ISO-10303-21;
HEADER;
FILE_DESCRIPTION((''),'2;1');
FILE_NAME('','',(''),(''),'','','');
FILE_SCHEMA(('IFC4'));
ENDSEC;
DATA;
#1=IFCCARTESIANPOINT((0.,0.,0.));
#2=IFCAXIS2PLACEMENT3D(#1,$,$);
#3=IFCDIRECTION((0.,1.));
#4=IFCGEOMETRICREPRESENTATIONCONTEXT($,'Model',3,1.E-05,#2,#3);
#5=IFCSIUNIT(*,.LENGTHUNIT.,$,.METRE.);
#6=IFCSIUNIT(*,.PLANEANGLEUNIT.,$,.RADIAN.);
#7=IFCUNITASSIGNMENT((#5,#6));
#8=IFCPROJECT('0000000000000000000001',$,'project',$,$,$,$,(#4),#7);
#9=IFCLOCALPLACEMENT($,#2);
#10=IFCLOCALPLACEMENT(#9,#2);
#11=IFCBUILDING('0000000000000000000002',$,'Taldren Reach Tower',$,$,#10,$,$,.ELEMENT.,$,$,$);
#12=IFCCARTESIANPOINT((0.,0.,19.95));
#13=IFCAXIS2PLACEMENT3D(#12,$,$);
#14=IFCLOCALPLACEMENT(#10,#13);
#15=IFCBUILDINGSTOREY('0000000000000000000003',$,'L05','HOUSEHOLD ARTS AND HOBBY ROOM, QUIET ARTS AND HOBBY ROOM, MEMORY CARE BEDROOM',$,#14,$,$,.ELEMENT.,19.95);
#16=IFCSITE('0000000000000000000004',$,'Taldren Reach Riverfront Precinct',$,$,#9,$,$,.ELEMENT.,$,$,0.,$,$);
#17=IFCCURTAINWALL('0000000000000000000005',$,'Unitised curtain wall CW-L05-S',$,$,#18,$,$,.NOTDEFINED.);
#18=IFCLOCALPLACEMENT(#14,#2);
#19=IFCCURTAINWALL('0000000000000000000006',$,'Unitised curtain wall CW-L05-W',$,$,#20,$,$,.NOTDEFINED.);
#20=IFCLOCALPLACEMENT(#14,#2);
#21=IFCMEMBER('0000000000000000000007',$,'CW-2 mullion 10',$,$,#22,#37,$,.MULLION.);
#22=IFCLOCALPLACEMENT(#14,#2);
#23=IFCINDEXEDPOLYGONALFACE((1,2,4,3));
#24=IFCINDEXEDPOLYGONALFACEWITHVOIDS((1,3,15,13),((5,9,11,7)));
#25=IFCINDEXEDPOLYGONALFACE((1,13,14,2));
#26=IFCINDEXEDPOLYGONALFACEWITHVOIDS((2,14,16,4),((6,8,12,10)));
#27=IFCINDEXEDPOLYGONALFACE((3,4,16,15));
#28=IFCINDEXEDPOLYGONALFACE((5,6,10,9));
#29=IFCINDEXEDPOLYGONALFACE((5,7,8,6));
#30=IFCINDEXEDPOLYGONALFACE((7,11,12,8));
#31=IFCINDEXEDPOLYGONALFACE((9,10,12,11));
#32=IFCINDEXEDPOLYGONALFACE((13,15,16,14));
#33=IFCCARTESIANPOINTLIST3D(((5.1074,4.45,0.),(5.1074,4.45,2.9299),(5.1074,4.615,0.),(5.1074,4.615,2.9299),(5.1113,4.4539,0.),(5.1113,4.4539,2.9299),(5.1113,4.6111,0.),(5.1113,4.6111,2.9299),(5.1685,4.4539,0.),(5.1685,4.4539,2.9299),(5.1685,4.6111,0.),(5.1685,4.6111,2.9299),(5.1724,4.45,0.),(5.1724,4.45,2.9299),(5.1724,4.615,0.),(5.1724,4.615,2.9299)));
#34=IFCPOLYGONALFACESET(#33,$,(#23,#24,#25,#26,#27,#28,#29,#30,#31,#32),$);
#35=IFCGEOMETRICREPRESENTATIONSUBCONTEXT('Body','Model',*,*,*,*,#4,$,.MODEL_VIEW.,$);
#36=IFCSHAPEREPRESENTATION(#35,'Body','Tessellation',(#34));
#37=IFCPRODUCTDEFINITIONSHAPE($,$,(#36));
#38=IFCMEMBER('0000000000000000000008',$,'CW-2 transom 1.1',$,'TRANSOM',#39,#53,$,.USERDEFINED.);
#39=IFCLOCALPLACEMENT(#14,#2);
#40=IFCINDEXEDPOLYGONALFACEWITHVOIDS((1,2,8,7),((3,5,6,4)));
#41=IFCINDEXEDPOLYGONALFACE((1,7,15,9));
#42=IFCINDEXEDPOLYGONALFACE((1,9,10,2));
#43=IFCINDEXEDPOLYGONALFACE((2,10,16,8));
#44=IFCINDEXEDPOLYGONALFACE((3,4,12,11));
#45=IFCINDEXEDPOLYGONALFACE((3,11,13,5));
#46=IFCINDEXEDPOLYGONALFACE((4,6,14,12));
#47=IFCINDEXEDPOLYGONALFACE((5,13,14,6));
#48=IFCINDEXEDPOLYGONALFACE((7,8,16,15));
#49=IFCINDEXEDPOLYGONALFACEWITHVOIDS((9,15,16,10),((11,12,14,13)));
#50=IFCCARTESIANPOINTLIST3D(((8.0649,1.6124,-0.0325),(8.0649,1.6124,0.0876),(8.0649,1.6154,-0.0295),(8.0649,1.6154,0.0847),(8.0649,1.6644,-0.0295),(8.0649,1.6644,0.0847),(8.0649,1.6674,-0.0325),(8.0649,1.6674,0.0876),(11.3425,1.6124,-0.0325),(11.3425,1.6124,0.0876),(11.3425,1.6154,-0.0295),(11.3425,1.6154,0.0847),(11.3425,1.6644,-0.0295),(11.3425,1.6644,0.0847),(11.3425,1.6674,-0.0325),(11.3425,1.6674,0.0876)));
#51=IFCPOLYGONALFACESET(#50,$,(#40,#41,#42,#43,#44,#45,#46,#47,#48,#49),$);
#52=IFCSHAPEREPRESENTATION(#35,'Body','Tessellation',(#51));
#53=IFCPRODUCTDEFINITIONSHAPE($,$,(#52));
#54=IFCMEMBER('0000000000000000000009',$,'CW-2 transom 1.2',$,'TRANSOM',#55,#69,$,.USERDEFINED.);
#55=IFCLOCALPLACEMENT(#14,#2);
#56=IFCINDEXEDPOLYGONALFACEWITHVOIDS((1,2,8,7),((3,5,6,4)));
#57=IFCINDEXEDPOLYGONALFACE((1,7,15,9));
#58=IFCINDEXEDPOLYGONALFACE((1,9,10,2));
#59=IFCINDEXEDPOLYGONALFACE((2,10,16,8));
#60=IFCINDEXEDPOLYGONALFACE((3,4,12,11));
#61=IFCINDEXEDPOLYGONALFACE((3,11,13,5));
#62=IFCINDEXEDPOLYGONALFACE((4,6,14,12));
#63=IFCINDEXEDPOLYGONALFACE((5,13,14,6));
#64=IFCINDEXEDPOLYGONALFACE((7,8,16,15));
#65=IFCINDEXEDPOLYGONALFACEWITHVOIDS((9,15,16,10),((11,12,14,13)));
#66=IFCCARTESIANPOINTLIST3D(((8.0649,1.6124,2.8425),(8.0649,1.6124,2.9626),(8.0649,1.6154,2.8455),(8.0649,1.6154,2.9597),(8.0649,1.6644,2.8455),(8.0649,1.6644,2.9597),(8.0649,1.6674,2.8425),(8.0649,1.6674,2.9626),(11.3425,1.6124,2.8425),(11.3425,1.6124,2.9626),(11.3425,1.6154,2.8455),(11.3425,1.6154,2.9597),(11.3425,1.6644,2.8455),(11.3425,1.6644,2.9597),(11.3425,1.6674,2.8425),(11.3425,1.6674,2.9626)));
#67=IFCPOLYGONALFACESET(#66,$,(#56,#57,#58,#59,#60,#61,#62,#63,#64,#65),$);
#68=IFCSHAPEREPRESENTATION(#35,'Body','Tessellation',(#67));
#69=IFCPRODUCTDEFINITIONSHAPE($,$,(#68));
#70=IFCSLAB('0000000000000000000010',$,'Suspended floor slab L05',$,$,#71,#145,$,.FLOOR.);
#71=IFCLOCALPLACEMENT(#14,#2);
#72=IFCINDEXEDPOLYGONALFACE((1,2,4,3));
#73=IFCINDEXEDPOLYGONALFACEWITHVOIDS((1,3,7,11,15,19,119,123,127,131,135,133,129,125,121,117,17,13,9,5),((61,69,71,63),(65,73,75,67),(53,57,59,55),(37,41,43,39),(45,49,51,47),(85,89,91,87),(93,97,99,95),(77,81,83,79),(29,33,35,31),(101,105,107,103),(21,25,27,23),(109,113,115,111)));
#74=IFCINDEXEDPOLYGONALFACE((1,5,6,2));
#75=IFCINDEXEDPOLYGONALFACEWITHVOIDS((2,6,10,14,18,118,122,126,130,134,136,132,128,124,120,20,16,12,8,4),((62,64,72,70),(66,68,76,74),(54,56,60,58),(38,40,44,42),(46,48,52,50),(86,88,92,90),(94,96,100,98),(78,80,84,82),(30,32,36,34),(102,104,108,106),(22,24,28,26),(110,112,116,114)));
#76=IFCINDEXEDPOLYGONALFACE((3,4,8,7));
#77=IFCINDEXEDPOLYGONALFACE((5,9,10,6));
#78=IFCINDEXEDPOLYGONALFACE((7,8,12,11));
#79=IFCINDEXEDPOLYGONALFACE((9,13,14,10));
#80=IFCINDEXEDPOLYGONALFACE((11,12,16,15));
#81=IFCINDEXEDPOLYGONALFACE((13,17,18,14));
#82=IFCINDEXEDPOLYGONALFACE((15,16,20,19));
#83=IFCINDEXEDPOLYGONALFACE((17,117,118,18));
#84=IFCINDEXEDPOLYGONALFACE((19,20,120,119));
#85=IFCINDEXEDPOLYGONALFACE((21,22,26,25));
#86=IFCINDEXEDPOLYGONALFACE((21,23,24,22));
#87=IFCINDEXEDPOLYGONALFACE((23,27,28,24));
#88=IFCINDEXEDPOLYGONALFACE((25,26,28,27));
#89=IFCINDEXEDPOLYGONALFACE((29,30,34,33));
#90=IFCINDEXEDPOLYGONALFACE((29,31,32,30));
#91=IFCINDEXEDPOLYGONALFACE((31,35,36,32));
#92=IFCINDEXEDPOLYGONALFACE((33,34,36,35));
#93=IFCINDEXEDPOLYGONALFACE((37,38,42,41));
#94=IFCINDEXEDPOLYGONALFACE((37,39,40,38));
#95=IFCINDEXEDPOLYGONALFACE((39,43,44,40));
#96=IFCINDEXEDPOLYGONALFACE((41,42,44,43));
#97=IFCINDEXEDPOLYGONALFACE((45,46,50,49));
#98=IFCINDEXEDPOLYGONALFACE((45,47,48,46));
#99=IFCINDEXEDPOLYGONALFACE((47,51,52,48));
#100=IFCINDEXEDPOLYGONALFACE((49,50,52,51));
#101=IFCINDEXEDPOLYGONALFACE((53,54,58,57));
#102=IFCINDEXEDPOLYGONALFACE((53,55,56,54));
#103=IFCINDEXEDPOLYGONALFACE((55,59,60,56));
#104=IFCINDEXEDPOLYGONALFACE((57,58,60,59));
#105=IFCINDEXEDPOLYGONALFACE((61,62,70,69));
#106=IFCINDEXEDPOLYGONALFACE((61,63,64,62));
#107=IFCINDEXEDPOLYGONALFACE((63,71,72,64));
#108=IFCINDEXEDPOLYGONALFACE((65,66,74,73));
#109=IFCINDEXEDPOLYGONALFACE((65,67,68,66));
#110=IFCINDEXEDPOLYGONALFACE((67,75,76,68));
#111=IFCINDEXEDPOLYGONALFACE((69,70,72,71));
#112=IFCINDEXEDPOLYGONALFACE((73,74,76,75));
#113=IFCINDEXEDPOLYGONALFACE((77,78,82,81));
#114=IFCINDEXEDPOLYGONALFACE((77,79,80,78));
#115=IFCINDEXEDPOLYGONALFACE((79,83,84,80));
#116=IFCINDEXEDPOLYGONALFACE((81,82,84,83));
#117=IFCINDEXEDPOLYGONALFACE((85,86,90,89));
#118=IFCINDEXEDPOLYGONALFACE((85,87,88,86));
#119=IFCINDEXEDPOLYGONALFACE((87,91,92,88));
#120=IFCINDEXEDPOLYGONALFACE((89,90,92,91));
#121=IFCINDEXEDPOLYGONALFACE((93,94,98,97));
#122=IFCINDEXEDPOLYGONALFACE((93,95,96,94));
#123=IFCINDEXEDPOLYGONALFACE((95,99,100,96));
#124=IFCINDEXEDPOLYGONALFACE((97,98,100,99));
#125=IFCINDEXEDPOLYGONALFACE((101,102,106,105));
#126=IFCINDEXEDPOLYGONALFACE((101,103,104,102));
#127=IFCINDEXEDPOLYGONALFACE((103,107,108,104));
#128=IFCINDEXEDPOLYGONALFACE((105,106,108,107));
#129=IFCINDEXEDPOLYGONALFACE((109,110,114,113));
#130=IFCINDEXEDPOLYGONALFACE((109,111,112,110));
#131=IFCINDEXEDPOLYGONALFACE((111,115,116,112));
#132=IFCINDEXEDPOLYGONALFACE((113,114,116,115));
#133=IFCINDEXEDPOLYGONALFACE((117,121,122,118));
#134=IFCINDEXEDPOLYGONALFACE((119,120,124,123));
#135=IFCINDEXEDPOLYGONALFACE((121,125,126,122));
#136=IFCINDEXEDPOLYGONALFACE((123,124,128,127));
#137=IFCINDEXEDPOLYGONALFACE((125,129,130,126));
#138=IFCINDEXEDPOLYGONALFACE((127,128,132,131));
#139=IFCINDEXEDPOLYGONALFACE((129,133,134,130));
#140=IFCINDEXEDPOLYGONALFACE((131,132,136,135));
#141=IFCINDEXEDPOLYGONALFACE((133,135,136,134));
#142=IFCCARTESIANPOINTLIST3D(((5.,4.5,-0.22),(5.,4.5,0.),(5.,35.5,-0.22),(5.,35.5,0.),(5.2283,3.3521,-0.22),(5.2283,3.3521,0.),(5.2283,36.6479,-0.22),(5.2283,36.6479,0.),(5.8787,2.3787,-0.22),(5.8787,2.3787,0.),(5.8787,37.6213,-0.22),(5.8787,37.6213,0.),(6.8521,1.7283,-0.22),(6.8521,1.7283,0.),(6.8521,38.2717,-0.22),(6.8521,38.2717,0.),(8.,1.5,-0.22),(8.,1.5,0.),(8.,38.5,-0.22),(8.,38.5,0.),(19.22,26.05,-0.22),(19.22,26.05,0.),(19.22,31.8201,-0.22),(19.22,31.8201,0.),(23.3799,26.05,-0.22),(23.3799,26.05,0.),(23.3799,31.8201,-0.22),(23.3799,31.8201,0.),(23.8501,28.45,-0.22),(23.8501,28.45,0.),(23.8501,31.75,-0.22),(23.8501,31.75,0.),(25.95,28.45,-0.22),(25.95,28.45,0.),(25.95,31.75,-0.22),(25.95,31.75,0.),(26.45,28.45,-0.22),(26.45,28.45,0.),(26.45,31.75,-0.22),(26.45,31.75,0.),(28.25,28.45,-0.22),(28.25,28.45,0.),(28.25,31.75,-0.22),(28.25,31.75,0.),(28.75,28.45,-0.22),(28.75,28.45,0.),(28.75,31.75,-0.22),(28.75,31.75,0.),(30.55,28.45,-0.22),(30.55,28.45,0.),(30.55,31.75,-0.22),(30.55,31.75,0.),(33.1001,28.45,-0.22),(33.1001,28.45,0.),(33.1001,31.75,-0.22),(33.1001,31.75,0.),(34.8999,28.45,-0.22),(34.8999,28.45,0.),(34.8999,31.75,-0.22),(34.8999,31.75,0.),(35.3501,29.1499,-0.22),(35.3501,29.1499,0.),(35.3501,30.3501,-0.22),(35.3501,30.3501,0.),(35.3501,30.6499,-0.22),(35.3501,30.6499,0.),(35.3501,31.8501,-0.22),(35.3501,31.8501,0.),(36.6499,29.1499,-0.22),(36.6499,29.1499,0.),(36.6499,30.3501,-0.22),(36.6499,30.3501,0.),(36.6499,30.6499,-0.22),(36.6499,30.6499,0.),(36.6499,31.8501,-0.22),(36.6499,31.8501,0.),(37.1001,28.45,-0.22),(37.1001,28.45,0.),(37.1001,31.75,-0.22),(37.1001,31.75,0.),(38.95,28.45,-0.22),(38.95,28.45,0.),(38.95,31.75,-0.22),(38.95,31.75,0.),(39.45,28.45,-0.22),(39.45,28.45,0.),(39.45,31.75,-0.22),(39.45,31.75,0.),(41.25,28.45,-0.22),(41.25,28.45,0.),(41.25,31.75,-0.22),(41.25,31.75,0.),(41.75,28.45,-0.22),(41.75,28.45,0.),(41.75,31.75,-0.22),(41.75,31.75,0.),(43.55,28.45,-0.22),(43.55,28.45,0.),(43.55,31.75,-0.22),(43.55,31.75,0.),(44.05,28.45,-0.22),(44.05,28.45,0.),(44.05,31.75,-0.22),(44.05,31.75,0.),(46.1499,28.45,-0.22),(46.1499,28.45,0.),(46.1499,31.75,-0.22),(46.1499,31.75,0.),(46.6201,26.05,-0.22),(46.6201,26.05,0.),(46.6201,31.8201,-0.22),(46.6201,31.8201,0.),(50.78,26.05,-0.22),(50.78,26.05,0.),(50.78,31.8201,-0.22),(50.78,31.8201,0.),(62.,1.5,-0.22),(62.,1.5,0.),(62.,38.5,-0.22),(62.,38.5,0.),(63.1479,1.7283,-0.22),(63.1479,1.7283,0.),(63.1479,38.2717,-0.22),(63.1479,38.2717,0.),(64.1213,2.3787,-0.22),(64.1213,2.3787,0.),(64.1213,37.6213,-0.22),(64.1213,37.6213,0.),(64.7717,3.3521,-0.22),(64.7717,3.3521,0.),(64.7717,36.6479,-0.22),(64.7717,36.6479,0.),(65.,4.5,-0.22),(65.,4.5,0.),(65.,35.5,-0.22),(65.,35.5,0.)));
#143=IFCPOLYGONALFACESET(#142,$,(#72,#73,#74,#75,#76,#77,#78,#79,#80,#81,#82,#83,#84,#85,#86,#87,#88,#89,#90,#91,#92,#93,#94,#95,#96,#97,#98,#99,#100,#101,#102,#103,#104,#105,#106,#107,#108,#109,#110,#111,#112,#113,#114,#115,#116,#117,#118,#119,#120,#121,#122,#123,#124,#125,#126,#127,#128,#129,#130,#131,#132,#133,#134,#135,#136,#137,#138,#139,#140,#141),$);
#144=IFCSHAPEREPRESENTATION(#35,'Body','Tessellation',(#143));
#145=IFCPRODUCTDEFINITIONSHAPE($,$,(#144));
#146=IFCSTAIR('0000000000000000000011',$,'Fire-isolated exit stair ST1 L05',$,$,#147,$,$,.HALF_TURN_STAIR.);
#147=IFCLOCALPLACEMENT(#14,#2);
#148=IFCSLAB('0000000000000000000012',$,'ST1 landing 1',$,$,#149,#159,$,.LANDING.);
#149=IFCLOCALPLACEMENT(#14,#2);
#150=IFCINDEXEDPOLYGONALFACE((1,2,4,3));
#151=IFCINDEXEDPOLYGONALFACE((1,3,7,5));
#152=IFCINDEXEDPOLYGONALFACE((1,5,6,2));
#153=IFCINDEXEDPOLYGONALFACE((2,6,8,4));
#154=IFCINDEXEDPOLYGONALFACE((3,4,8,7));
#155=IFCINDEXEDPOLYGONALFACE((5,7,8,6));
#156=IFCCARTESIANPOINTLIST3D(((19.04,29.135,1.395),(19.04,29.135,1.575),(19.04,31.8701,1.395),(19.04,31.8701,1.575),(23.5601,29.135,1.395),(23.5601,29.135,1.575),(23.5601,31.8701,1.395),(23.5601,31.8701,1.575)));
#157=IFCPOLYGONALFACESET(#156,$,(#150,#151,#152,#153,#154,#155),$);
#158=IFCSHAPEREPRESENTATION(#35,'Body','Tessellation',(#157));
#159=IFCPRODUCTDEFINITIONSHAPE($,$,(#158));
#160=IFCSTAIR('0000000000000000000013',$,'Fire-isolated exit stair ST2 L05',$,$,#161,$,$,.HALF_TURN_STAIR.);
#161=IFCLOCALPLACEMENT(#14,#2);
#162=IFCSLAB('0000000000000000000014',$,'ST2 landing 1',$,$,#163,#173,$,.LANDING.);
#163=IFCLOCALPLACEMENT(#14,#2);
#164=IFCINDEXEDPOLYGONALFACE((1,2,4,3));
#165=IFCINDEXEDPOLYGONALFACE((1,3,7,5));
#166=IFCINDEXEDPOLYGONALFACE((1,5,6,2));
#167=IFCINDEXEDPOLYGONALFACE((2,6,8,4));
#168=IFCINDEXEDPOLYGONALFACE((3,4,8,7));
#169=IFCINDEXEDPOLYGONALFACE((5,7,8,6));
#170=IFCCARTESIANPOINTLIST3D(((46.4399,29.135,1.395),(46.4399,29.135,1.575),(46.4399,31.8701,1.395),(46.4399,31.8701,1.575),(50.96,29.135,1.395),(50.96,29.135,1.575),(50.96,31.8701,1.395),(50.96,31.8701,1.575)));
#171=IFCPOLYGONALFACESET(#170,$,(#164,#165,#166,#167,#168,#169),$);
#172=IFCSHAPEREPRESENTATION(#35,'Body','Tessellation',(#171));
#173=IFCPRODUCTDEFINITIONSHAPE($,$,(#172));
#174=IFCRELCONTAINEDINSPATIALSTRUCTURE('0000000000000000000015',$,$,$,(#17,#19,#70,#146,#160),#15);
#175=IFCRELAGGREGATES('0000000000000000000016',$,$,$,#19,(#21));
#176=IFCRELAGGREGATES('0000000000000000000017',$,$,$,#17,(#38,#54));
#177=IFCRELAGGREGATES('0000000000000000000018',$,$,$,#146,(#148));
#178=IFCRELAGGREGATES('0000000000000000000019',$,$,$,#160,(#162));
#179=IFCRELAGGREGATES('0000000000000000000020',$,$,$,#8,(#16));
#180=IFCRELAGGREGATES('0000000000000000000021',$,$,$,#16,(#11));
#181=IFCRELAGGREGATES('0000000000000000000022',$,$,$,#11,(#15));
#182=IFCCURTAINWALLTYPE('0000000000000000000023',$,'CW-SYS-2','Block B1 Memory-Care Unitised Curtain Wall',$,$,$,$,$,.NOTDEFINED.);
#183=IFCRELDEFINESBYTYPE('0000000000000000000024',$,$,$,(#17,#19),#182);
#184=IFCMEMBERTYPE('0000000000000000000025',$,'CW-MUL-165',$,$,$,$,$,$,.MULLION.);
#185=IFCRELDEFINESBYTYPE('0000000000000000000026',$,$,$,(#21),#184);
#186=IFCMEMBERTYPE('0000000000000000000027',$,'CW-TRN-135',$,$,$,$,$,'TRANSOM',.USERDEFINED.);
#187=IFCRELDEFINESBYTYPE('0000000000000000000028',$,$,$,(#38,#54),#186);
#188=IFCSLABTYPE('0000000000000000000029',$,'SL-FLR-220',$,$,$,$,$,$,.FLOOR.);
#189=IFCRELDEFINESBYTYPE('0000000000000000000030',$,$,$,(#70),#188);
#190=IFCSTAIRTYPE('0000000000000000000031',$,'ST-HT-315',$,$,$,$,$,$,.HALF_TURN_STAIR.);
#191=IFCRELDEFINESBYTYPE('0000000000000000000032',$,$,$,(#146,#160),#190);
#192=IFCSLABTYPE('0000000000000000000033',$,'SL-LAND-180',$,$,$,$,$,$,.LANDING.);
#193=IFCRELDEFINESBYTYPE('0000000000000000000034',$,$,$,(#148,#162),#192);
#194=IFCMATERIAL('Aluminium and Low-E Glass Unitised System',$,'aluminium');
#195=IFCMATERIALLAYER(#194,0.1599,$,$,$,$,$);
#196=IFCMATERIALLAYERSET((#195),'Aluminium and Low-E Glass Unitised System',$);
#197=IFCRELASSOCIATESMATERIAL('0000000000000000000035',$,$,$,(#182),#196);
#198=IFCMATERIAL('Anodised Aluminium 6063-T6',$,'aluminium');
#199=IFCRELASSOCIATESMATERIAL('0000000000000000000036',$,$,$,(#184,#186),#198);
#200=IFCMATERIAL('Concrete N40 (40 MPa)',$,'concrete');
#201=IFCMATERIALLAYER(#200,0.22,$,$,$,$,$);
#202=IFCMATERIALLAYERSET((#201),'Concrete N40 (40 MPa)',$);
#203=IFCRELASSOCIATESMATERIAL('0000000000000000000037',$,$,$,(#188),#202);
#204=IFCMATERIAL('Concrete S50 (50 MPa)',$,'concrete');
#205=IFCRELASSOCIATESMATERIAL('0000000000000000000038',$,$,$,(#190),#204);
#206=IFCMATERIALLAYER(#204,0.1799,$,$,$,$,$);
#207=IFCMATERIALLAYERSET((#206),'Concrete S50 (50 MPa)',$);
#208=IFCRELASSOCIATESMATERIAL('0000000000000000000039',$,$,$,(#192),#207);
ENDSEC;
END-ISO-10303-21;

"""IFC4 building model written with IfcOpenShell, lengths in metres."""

from ifc_helpers import new_model, si_unit, direction, frame, origin, origin_2d, place, context, subcontext, project, spatial, polyline, hollow_rectangle, outline, extrude, source, transform, mapped, material, layer, layer_set, material_profile, profile_set, type_object, element, aggregate, save


model = new_model("IFC4")

# Units and contexts
model_context = context("Model", 3, precision=1e-05, world=origin(), true_north=direction((0.0, 1.0)))
body_context = subcontext(model_context, "Body", "Model", "MODEL_VIEW")
ifc_project = project(units=[si_unit("LENGTHUNIT", "METRE"), si_unit("PLANEANGLEUNIT", "RADIAN")], contexts=[model_context])

# Site, building, storey
site_placement = place(None, origin())
site = spatial("IfcSite", under=ifc_project, at=site_placement, Name="Taldren Reach Riverfront Precinct", CompositionType="ELEMENT", RefElevation=0.0)
building_placement = place(site_placement, origin())
building = spatial("IfcBuilding", under=site, at=building_placement, Name="Taldren Reach Tower", CompositionType="ELEMENT")
storey_placement = place(building_placement, frame((0.0, 0.0, 19.95)))
storey = spatial("IfcBuildingStorey", under=building, at=storey_placement, Name="L05", Description="HOUSEHOLD ARTS AND HOBBY ROOM, QUIET ARTS AND HOBBY ROOM, MEMORY CARE BEDROOM", CompositionType="ELEMENT", Elevation=19.95)

# Curtain walls, member
ifc_material_1 = material(Name="Aluminium and Low-E Glass Unitised System", Category="aluminium")
ifc_layer_1 = layer(ifc_material_1, 0.1599)
ifc_layer_set_1 = layer_set([ifc_layer_1], Name="Aluminium and Low-E Glass Unitised System")
curtain_wall_type = type_object("IfcCurtainWallType", Name="CW-SYS-2", Description="Block B1 Memory-Care Unitised Curtain Wall", PredefinedType="NOTDEFINED", material=ifc_layer_set_1)
curtain_wall_1_placement = place(storey_placement, origin())
curtain_wall_1 = element("IfcCurtainWall", 1, at=curtain_wall_1_placement, inside=storey, type_object=curtain_wall_type, Name="Unitised curtain wall CW-L05-S", PredefinedType="NOTDEFINED")
ifc_material_2 = material(Name="Anodised Aluminium 6063-T6", Category="aluminium")
ifc_material_profile_1 = material_profile(ifc_material_2, hollow_rectangle(XDim=0.0649, YDim=0.165, WallThickness=0.0039, at=origin_2d()), Name="ALU-165x65x4RHS")
ifc_profile_set_1 = profile_set([ifc_material_profile_1], Name="Anodised Aluminium 6063-T6")
member_type_1 = type_object("IfcMemberType", Name="CW-MUL-165", PredefinedType="MULLION", material=ifc_profile_set_1)
shared_shape_1 = source(origin(), body_context, "Body", "SweptSolid", [
    extrude(hollow_rectangle(XDim=0.0649, YDim=0.165, WallThickness=0.0039, at=origin_2d()), origin(), (0.0, 0.0, 1.0), 2.9299),
])
curtain_wall_2_placement = place(storey_placement, origin())
curtain_wall_2 = element("IfcCurtainWall", 2, at=curtain_wall_2_placement, inside=storey, type_object=curtain_wall_type, Name="Unitised curtain wall CW-L05-W", PredefinedType="NOTDEFINED")
member_1_placement = place(storey_placement, frame((5.1399, 4.5325, 0.0), z_axis=(0.0, 0.0, 1.0), x_axis=(1.0, 0.0, 0.0)))
member_1 = element("IfcMember", 3, at=member_1_placement, type_object=member_type_1, Name="CW-2 mullion 10", PredefinedType="MULLION", context=body_context, shape_type="MappedRepresentation", body=[
    mapped(shared_shape_1, transform((0.0, 0.0, 0.0), scale=1.0)),
])
aggregate(curtain_wall_2, [member_1])

# Members
ifc_material_profile_2 = material_profile(ifc_material_2, hollow_rectangle(XDim=0.0549, YDim=0.1201, WallThickness=0.0029, at=origin_2d()), Name="ALU-120x55x3RHS")
ifc_profile_set_2 = profile_set([ifc_material_profile_2], Name="Anodised Aluminium 6063-T6")
member_type_2 = type_object("IfcMemberType", Name="CW-TRN-135", ElementType="TRANSOM", PredefinedType="USERDEFINED", material=ifc_profile_set_2)
shared_shape_2 = source(origin(), body_context, "Body", "SweptSolid", [
    extrude(hollow_rectangle(XDim=0.0549, YDim=0.1201, WallThickness=0.0029, at=origin_2d()), origin(), (0.0, 0.0, 1.0), 3.2776),
])
member_2_placement = place(storey_placement, frame((8.0649, 1.6399, 0.0276), z_axis=(1.0, 0.0, 0.0), x_axis=(0.0, 1.0, 0.0)))
member_2 = element("IfcMember", 4, at=member_2_placement, type_object=member_type_2, Name="CW-2 transom 1.1", ObjectType="TRANSOM", PredefinedType="USERDEFINED", context=body_context, shape_type="MappedRepresentation", body=[
    mapped(shared_shape_2, transform((0.0, 0.0, 0.0), scale=1.0)),
])
member_3_placement = place(storey_placement, frame((8.0649, 1.6399, 2.9026), z_axis=(1.0, 0.0, 0.0), x_axis=(0.0, 1.0, 0.0)))
member_3 = element("IfcMember", 5, at=member_3_placement, type_object=member_type_2, Name="CW-2 transom 1.2", ObjectType="TRANSOM", PredefinedType="USERDEFINED", context=body_context, shape_type="MappedRepresentation", body=[
    mapped(shared_shape_2, transform((0.0, 0.0, 0.0), scale=1.0)),
])
aggregate(curtain_wall_1, [member_2, member_3])

# Slab
ifc_material_3 = material(Name="Concrete N40 (40 MPa)", Category="concrete")
ifc_layer_2 = layer(ifc_material_3, 0.22)
ifc_layer_set_2 = layer_set([ifc_layer_2], Name="Concrete N40 (40 MPa)")
slab_type_1 = type_object("IfcSlabType", Name="SL-FLR-220", PredefinedType="FLOOR", material=ifc_layer_set_2)
slab_1_placement = place(storey_placement, frame((0.0, 0.0, -0.22)))
element("IfcSlab", 6, at=slab_1_placement, inside=storey, type_object=slab_type_1, Name="Suspended floor slab L05", PredefinedType="FLOOR", context=body_context, shape_type="SweptSolid", body=[
    extrude(outline(polyline([(62.0, 1.5), (63.1479, 1.7283), (64.1213, 2.3787), (64.7717, 3.3521), (65.0, 4.5), (65.0, 35.5), (64.7717, 36.6479), (64.1213, 37.6213), (63.1479, 38.2717), (62.0, 38.5), (8.0, 38.5), (6.8521, 38.2717), (5.8787, 37.6213), (5.2283, 36.6479), (5.0, 35.5), (5.0, 4.5), (5.2283, 3.3521), (5.8787, 2.3787), (6.8521, 1.7283), (8.0, 1.5), (62.0, 1.5)]), holes=[polyline([(19.22, 26.05), (23.3799, 26.05), (23.3799, 31.8201), (19.22, 31.8201), (19.22, 26.05)]), polyline([(46.6201, 26.05), (50.78, 26.05), (50.78, 31.8201), (46.6201, 31.8201), (46.6201, 26.05)]), polyline([(23.8501, 28.45), (25.95, 28.45), (25.95, 31.75), (23.8501, 31.75), (23.8501, 28.45)]), polyline([(44.05, 28.45), (46.1499, 28.45), (46.1499, 31.75), (44.05, 31.75), (44.05, 28.45)]), polyline([(26.45, 28.45), (28.25, 28.45), (28.25, 31.75), (26.45, 31.75), (26.45, 28.45)]), polyline([(28.75, 28.45), (30.55, 28.45), (30.55, 31.75), (28.75, 31.75), (28.75, 28.45)]), polyline([(33.1001, 28.45), (34.8999, 28.45), (34.8999, 31.75), (33.1001, 31.75), (33.1001, 28.45)]), polyline([(37.1001, 28.45), (38.95, 28.45), (38.95, 31.75), (37.1001, 31.75), (37.1001, 28.45)]), polyline([(39.45, 28.45), (41.25, 28.45), (41.25, 31.75), (39.45, 31.75), (39.45, 28.45)]), polyline([(41.75, 28.45), (43.55, 28.45), (43.55, 31.75), (41.75, 31.75), (41.75, 28.45)]), polyline([(35.3501, 30.6499), (36.6499, 30.6499), (36.6499, 31.8501), (35.3501, 31.8501), (35.3501, 30.6499)]), polyline([(35.3501, 29.1499), (36.6499, 29.1499), (36.6499, 30.3501), (35.3501, 30.3501), (35.3501, 29.1499)])]), origin(), (0.0, 0.0, 1.0), 0.22),
])

# Stairs, slabs
ifc_material_4 = material(Name="Concrete S50 (50 MPa)", Category="concrete")
stair_type = type_object("IfcStairType", Name="ST-HT-315", PredefinedType="HALF_TURN_STAIR", material=ifc_material_4)
stair_1_placement = place(storey_placement, origin())
stair_1 = element("IfcStair", 7, at=stair_1_placement, inside=storey, type_object=stair_type, Name="Fire-isolated exit stair ST1 L05", PredefinedType="HALF_TURN_STAIR")
ifc_layer_3 = layer(ifc_material_4, 0.1799)
ifc_layer_set_3 = layer_set([ifc_layer_3], Name="Concrete S50 (50 MPa)")
slab_type_2 = type_object("IfcSlabType", Name="SL-LAND-180", PredefinedType="LANDING", material=ifc_layer_set_3)
slab_2_placement = place(storey_placement, frame((0.0, 0.0, 1.395)))
slab_2 = element("IfcSlab", 8, at=slab_2_placement, type_object=slab_type_2, Name="ST1 landing 1", PredefinedType="LANDING", context=body_context, shape_type="SweptSolid", body=[
    extrude(outline(polyline([(19.04, 29.135), (23.5601, 29.135), (23.5601, 31.8701), (19.04, 31.8701), (19.04, 29.135)])), origin(), (0.0, 0.0, 1.0), 0.1799),
])
aggregate(stair_1, [slab_2])
stair_2_placement = place(storey_placement, origin())
stair_2 = element("IfcStair", 9, at=stair_2_placement, inside=storey, type_object=stair_type, Name="Fire-isolated exit stair ST2 L05", PredefinedType="HALF_TURN_STAIR")
slab_3_placement = place(storey_placement, frame((0.0, 0.0, 1.395)))
slab_3 = element("IfcSlab", 10, at=slab_3_placement, type_object=slab_type_2, Name="ST2 landing 1", PredefinedType="LANDING", context=body_context, shape_type="SweptSolid", body=[
    extrude(outline(polyline([(46.4399, 29.135), (50.96, 29.135), (50.96, 31.8701), (46.4399, 31.8701), (46.4399, 29.135)])), origin(), (0.0, 0.0, 1.0), 0.1799),
])
aggregate(stair_2, [slab_3])

save(model, "model.ifc")
